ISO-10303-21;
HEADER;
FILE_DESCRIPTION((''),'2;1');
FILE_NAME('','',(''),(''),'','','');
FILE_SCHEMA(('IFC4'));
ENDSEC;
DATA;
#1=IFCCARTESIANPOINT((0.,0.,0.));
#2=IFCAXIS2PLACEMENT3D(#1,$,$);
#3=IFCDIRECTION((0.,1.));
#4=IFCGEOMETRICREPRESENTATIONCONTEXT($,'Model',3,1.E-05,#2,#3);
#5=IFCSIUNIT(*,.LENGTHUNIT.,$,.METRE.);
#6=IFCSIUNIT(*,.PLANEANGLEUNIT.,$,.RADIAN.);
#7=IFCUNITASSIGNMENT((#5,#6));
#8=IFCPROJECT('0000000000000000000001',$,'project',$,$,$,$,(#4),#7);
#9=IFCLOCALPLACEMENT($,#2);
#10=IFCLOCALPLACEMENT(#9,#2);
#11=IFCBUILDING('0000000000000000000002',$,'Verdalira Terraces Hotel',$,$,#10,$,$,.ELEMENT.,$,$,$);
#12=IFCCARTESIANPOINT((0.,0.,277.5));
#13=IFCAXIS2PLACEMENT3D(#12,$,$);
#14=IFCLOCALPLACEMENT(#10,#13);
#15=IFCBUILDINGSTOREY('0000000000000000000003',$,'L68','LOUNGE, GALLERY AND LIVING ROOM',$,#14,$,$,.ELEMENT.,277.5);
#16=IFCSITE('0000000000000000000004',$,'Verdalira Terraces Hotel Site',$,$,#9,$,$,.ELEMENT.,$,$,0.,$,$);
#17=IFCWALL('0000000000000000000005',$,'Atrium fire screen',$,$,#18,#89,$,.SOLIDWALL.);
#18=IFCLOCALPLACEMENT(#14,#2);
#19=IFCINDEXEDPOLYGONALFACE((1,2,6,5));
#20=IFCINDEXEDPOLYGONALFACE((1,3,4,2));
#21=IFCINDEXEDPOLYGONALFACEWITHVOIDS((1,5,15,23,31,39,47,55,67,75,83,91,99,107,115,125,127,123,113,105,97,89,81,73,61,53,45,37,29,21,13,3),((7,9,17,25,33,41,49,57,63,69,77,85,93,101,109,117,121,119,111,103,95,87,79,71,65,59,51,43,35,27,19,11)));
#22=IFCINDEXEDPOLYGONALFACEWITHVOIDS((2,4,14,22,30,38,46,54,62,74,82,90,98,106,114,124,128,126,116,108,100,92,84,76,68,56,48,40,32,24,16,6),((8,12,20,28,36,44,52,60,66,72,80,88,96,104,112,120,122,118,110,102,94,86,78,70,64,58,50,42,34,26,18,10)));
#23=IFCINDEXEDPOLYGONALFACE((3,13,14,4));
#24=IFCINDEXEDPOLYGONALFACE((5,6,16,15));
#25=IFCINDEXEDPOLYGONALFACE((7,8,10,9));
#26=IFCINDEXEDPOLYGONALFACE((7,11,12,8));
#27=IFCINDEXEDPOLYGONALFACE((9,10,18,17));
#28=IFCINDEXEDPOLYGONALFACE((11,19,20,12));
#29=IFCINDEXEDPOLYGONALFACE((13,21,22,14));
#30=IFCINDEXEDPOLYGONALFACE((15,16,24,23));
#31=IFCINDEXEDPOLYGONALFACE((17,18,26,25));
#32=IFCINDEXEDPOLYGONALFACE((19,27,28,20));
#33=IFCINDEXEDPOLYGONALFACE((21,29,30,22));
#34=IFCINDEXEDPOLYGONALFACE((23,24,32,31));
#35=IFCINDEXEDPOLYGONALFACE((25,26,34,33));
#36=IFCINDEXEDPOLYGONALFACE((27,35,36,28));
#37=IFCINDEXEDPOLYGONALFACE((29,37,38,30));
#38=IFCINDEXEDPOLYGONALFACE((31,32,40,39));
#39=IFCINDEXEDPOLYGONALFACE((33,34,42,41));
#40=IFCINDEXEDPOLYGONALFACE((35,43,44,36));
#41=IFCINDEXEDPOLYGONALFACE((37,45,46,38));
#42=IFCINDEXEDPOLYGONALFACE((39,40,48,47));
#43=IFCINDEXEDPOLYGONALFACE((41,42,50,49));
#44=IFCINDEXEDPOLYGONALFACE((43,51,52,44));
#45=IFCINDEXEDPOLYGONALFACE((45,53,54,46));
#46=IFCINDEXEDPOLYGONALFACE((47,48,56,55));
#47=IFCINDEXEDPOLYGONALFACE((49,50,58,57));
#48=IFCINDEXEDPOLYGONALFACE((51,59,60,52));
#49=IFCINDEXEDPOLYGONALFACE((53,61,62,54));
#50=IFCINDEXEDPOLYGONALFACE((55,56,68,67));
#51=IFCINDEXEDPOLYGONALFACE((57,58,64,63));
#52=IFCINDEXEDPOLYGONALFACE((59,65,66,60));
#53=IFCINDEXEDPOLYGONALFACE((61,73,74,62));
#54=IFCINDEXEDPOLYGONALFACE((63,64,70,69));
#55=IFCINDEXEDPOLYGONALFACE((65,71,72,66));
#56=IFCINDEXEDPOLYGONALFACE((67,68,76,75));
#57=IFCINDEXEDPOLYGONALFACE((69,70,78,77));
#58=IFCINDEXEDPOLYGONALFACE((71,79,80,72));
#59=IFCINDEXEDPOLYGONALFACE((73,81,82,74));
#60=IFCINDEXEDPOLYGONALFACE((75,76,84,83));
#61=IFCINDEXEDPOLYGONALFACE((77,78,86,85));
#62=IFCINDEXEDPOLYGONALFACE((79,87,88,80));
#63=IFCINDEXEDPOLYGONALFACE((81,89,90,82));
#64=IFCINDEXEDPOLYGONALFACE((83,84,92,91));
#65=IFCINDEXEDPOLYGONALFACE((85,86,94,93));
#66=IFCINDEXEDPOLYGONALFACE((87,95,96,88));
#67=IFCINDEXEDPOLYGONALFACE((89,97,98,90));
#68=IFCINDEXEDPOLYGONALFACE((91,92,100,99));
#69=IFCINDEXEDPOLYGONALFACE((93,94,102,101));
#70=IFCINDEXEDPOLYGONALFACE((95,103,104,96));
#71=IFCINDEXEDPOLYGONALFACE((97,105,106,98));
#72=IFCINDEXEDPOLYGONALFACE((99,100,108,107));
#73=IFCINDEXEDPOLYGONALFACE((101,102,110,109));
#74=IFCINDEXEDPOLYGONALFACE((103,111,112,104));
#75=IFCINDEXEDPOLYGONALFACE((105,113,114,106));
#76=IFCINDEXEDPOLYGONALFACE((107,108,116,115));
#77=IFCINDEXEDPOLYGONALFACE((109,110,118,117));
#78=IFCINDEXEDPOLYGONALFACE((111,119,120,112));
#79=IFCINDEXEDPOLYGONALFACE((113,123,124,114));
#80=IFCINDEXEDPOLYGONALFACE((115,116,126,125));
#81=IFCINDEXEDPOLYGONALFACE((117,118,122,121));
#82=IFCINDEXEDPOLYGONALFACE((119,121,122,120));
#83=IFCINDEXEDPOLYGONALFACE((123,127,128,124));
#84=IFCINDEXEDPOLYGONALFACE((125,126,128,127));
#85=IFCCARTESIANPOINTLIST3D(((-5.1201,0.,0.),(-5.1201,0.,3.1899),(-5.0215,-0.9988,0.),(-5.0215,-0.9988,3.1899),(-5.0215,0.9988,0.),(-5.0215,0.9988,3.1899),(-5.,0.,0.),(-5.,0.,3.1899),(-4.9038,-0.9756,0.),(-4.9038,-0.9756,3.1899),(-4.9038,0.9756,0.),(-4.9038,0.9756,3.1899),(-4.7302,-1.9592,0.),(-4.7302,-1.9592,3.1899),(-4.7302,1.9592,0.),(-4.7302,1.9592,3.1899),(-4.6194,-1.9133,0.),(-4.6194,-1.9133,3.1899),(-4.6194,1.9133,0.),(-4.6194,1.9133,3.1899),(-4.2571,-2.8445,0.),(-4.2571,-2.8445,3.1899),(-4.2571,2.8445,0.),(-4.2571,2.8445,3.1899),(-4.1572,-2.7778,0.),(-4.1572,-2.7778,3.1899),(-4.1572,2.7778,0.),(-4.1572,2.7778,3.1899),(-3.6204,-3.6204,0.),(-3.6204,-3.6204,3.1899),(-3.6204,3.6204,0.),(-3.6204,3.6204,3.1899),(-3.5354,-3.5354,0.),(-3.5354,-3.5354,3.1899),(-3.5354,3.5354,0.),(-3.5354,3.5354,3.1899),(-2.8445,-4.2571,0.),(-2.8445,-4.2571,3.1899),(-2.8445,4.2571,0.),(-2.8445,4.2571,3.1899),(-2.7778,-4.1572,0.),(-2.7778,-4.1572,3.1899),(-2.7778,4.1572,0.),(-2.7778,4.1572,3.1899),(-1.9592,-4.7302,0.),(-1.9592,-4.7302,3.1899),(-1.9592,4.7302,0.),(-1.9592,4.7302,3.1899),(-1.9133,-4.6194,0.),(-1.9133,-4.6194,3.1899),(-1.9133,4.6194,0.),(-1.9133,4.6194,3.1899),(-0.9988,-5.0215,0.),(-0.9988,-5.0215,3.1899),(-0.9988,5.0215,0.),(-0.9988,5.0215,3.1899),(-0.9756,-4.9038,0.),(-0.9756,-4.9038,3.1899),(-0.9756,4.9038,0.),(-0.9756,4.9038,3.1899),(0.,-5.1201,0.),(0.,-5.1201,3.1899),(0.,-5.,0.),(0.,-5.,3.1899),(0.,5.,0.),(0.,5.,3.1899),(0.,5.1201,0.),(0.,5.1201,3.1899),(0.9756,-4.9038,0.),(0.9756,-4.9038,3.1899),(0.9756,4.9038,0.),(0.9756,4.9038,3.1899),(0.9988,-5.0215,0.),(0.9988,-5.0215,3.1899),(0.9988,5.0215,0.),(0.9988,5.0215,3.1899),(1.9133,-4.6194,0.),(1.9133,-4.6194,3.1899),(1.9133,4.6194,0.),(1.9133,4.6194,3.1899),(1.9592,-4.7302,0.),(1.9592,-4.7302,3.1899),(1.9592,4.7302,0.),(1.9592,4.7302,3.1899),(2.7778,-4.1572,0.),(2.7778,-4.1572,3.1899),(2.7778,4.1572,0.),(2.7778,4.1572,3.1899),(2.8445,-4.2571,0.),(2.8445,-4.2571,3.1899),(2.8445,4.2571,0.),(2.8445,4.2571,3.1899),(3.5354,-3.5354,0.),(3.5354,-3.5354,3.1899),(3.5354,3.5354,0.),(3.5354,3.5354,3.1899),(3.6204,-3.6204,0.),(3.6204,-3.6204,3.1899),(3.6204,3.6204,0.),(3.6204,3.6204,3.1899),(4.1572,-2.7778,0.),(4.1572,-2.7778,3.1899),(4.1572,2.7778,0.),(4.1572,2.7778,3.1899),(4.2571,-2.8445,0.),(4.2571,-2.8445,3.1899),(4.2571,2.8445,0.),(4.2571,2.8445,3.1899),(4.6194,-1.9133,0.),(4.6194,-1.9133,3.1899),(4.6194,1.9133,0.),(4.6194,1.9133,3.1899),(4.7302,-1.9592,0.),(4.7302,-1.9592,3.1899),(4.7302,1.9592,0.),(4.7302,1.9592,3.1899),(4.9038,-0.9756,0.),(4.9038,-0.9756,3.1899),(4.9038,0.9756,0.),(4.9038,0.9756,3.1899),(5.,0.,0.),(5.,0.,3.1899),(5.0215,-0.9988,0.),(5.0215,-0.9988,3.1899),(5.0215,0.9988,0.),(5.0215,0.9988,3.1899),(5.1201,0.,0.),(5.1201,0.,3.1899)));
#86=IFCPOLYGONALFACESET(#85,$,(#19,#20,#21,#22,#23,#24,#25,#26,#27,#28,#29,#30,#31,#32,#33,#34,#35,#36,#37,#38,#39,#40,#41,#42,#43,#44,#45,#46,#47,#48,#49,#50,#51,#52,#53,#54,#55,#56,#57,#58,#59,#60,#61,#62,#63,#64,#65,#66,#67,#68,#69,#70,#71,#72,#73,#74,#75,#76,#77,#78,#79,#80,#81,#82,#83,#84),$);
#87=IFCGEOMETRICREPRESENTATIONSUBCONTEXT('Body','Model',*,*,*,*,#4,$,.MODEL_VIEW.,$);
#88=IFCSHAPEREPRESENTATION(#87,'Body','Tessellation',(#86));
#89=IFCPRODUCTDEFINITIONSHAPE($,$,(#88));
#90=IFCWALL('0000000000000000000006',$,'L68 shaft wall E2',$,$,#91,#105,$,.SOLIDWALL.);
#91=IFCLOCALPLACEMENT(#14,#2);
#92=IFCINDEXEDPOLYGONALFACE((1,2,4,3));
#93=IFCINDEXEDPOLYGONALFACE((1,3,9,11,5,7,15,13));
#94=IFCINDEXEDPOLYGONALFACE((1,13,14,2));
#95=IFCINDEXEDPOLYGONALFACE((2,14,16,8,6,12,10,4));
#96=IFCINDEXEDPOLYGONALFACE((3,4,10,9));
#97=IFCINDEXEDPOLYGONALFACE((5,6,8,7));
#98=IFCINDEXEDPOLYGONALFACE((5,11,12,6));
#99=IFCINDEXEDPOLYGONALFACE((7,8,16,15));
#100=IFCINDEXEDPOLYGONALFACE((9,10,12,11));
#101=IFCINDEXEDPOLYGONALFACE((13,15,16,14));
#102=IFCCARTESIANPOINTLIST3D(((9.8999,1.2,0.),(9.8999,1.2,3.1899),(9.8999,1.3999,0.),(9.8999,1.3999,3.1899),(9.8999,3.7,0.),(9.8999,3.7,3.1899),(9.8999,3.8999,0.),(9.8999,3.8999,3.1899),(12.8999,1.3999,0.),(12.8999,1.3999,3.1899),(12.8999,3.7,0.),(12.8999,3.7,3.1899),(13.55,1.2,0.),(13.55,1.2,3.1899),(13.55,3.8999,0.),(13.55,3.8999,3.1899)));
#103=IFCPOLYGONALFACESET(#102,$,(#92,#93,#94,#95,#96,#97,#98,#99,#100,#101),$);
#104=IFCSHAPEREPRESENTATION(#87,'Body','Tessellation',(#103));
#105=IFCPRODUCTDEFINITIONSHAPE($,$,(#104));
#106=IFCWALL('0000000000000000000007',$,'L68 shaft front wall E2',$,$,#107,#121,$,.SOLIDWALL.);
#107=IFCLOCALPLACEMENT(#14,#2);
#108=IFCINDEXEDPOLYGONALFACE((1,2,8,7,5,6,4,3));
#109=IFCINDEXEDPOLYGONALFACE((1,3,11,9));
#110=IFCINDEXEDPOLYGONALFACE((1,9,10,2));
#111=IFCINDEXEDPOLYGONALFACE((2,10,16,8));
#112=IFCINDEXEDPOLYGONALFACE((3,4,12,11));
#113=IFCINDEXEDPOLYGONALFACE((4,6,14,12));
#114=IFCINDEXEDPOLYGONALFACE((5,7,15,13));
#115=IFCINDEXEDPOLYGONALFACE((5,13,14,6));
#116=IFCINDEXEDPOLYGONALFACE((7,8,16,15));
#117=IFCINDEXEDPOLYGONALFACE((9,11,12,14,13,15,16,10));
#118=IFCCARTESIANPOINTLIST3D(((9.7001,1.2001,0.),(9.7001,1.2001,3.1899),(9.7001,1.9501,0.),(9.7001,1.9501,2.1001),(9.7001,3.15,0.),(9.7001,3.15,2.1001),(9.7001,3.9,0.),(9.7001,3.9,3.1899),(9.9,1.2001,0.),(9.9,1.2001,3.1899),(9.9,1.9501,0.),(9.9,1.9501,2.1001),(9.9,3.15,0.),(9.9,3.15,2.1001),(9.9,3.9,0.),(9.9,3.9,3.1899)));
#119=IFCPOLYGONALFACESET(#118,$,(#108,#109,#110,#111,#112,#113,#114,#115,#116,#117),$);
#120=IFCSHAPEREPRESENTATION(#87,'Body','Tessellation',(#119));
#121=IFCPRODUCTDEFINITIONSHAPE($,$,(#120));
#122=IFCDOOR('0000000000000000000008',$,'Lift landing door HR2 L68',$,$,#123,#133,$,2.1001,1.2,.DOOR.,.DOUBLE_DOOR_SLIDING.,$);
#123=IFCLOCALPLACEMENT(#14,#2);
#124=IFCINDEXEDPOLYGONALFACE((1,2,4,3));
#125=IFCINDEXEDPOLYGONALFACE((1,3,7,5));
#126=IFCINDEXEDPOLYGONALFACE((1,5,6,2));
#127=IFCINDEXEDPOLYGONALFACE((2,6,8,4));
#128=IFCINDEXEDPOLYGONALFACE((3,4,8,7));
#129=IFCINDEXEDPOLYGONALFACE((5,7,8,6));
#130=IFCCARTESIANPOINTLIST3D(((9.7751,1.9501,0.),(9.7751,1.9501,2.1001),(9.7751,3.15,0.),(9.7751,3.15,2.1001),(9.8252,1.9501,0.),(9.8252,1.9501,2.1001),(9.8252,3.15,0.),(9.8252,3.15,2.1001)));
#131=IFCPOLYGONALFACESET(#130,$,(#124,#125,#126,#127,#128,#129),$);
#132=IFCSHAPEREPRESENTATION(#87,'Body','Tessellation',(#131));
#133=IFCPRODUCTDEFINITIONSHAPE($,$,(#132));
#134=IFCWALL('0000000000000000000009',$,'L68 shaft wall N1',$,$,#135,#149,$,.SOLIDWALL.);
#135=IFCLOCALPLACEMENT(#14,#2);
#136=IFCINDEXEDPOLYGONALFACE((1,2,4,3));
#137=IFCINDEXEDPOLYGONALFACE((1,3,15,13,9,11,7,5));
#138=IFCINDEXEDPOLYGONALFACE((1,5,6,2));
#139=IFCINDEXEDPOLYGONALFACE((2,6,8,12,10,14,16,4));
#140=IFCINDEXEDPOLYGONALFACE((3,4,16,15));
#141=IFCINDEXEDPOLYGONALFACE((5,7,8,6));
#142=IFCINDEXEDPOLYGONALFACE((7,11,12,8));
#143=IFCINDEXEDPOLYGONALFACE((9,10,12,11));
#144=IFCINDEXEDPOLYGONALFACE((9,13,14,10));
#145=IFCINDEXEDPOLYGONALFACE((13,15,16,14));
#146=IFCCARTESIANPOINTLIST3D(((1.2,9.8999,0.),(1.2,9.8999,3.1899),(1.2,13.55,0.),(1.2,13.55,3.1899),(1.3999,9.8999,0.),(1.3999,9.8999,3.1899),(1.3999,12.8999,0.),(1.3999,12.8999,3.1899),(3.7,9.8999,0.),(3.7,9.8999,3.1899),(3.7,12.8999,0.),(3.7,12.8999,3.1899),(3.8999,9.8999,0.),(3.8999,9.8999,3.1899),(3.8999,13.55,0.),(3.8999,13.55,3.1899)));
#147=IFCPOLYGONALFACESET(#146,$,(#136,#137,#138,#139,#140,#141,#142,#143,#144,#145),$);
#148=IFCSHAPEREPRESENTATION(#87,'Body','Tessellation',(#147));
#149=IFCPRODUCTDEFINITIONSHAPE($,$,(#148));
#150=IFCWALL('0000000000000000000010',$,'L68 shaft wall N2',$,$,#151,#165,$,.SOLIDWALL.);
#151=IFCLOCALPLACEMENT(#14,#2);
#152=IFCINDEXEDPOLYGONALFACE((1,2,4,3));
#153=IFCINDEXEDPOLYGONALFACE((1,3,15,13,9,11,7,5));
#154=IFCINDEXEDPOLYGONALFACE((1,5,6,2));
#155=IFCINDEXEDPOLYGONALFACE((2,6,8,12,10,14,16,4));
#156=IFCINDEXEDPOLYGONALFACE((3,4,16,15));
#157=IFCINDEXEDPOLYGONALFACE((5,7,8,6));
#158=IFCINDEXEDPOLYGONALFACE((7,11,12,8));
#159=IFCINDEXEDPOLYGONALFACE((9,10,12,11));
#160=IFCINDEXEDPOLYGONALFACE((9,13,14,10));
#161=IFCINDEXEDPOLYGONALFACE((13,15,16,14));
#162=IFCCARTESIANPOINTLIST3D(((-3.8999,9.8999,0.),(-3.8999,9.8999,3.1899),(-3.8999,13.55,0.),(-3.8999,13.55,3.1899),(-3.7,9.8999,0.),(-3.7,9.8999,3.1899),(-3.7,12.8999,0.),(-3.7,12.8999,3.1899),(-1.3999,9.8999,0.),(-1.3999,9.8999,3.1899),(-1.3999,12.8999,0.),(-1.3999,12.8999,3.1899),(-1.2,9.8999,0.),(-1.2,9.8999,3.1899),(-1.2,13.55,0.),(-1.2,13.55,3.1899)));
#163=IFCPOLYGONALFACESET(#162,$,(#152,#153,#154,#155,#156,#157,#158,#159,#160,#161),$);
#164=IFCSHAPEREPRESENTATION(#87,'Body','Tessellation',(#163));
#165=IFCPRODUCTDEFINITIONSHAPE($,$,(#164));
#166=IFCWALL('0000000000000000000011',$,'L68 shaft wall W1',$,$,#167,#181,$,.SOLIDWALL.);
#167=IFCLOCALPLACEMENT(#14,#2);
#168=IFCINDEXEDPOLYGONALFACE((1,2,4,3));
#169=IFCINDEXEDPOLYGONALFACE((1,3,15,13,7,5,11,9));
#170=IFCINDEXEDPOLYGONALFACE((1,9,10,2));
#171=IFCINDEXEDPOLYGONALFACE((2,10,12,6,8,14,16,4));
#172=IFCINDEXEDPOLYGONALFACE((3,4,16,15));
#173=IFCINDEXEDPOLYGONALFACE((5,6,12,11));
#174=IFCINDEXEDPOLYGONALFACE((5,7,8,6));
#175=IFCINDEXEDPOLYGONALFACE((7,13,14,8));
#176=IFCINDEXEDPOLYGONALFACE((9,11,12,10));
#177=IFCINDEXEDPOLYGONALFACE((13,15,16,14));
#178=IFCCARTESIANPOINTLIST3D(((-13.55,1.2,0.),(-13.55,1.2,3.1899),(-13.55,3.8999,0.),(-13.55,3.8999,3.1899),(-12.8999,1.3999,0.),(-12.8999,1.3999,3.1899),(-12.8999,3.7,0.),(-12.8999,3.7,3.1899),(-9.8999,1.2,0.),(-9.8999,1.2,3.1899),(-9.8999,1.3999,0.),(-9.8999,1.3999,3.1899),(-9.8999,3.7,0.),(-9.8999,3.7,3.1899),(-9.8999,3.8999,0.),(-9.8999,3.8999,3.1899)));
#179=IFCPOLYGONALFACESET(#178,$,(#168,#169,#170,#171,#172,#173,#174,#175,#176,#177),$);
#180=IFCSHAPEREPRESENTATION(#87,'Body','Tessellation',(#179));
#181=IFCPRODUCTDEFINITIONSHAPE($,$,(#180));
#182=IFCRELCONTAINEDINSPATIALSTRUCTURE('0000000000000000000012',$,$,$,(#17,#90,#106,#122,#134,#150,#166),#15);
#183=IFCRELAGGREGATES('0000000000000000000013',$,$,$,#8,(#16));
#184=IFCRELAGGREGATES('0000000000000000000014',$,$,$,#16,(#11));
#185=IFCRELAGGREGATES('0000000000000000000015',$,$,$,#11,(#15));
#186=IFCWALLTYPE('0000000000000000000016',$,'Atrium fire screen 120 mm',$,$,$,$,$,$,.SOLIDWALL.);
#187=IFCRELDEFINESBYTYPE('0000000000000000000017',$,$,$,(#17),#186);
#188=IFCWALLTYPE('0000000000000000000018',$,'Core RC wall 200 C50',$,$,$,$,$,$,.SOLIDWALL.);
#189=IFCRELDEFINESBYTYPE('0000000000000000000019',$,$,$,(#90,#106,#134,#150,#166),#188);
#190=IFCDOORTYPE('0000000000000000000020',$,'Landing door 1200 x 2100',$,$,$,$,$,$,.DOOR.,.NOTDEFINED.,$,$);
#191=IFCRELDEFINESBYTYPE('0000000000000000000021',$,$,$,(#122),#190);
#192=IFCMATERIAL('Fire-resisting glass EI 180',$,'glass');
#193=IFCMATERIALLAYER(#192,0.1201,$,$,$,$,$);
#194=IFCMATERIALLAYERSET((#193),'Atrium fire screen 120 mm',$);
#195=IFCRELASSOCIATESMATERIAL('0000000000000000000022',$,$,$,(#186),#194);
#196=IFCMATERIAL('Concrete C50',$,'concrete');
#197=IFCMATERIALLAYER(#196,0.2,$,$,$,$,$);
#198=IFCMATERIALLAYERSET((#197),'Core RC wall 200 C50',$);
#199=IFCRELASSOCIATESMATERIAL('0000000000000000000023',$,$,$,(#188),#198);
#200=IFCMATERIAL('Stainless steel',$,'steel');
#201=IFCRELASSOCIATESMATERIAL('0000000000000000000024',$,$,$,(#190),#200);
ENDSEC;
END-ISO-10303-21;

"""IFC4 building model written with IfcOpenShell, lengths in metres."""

from ifc_helpers import new_model, si_unit, direction, frame, frame_2d, origin, place, context, subcontext, project, spatial, polyline, rectangle, outline, extrude, material, layer, layer_set, type_object, element, fill, save


model = new_model("IFC4")

# Units and contexts
model_context = context("Model", 3, precision=1e-05, world=origin(), true_north=direction((0.0, 1.0)))
body_context = subcontext(model_context, "Body", "Model", "MODEL_VIEW")
ifc_project = project(units=[si_unit("LENGTHUNIT", "METRE"), si_unit("PLANEANGLEUNIT", "RADIAN")], contexts=[model_context])

# Site, building, storey
site_placement = place(None, origin())
site = spatial("IfcSite", under=ifc_project, at=site_placement, Name="Verdalira Terraces Hotel Site", CompositionType="ELEMENT", RefElevation=0.0)
building_placement = place(site_placement, origin())
building = spatial("IfcBuilding", under=site, at=building_placement, Name="Verdalira Terraces Hotel", CompositionType="ELEMENT")
storey_placement = place(building_placement, frame((0.0, 0.0, 277.5)))
storey = spatial("IfcBuildingStorey", under=building, at=storey_placement, Name="L68", Description="LOUNGE, GALLERY AND LIVING ROOM", CompositionType="ELEMENT", Elevation=277.5)

# Walls
ifc_material_1 = material(Name="Fire-resisting glass EI 180", Category="glass")
ifc_layer_1 = layer(ifc_material_1, 0.1201)
ifc_layer_set_1 = layer_set([ifc_layer_1], Name="Atrium fire screen 120 mm")
wall_type_1 = type_object("IfcWallType", Name="Atrium fire screen 120 mm", PredefinedType="SOLIDWALL", material=ifc_layer_set_1)
wall_1_placement = place(storey_placement, origin())
element("IfcWall", 1, at=wall_1_placement, inside=storey, type_object=wall_type_1, Name="Atrium fire screen", PredefinedType="SOLIDWALL", context=body_context, shape_type="SweptSolid", body=[
    extrude(outline(polyline([(5.0215, -0.9988), (4.7302, -1.9592), (4.2571, -2.8445), (3.6204, -3.6204), (2.8445, -4.2571), (1.9592, -4.7302), (0.9988, -5.0215), (0.0, -5.1201), (-0.9988, -5.0215), (-1.9592, -4.7302), (-2.8445, -4.2571), (-3.6204, -3.6204), (-4.2571, -2.8445), (-4.7302, -1.9592), (-5.0215, -0.9988), (-5.1201, 0.0), (-5.0215, 0.9988), (-4.7302, 1.9592), (-4.2571, 2.8445), (-3.6204, 3.6204), (-2.8445, 4.2571), (-1.9592, 4.7302), (-0.9988, 5.0215), (0.0, 5.1201), (0.9988, 5.0215), (1.9592, 4.7302), (2.8445, 4.2571), (3.6204, 3.6204), (4.2571, 2.8445), (4.7302, 1.9592), (5.0215, 0.9988), (5.1201, 0.0), (5.0215, -0.9988)]), holes=[polyline([(4.9038, 0.9756), (4.6194, 1.9133), (4.1572, 2.7778), (3.5354, 3.5354), (2.7778, 4.1572), (1.9133, 4.6194), (0.9756, 4.9038), (0.0, 5.0), (-0.9756, 4.9038), (-1.9133, 4.6194), (-2.7778, 4.1572), (-3.5354, 3.5354), (-4.1572, 2.7778), (-4.6194, 1.9133), (-4.9038, 0.9756), (-5.0, 0.0), (-4.9038, -0.9756), (-4.6194, -1.9133), (-4.1572, -2.7778), (-3.5354, -3.5354), (-2.7778, -4.1572), (-1.9133, -4.6194), (-0.9756, -4.9038), (0.0, -5.0), (0.9756, -4.9038), (1.9133, -4.6194), (2.7778, -4.1572), (3.5354, -3.5354), (4.1572, -2.7778), (4.6194, -1.9133), (4.9038, -0.9756), (5.0, 0.0), (4.9038, 0.9756)])]), origin(), (0.0, 0.0, 1.0), 3.1899),
])
ifc_material_2 = material(Name="Concrete C50", Category="concrete")
ifc_layer_2 = layer(ifc_material_2, 0.2)
ifc_layer_set_2 = layer_set([ifc_layer_2], Name="Core RC wall 200 C50")
wall_type_2 = type_object("IfcWallType", Name="Core RC wall 200 C50", PredefinedType="SOLIDWALL", material=ifc_layer_set_2)
wall_2_placement = place(storey_placement, origin())
element("IfcWall", 2, at=wall_2_placement, inside=storey, type_object=wall_type_2, Name="L68 shaft wall E2", PredefinedType="SOLIDWALL", context=body_context, shape_type="SweptSolid", body=[
    extrude(outline(polyline([(13.55, 3.8999), (13.55, 1.2), (9.8999, 1.2), (9.8999, 1.3999), (12.8999, 1.3999), (12.8999, 3.7), (9.8999, 3.7), (9.8999, 3.8999), (13.55, 3.8999)])), origin(), (0.0, 0.0, 1.0), 3.1899),
])

# Wall, opening, door
wall_3_placement = place(storey_placement, frame((9.8, 1.2, 0.0), z_axis=(0.0, 0.0, 1.0), x_axis=(0.0, 1.0, 0.0)))
wall_3 = element("IfcWall", 3, at=wall_3_placement, inside=storey, type_object=wall_type_2, Name="L68 shaft front wall E2", PredefinedType="SOLIDWALL", context=body_context, shape_type="SweptSolid", body=[
    extrude(rectangle(XDim=2.7, YDim=0.2, at=frame_2d((1.3501, 0.0))), origin(), (0.0, 0.0, 1.0), 3.1899),
])
opening_placement = place(wall_3_placement, frame((0.75, 0.0, 0.0)))
opening = element("IfcOpeningElement", 4, at=opening_placement, cuts=wall_3, PredefinedType="OPENING", context=body_context, shape_type="SweptSolid", body=[
    extrude(rectangle(XDim=1.2, YDim=2.1001, at=frame_2d((0.6001, 1.05))), frame((0.0, 0.1099, 0.0), z_axis=(0.0, -1.0, 0.0), x_axis=(1.0, 0.0, 0.0)), (0.0, 0.0, 1.0), 0.22),
])
ifc_material_3 = material(Name="Stainless steel", Category="steel")
door_type = type_object("IfcDoorType", Name="Landing door 1200 x 2100", OperationType="NOTDEFINED", PredefinedType="DOOR", material=ifc_material_3)
door_placement = place(opening_placement, origin())
door = element("IfcDoor", 5, at=door_placement, inside=storey, type_object=door_type, Name="Lift landing door HR2 L68", OperationType="DOUBLE_DOOR_SLIDING", OverallHeight=2.1001, OverallWidth=1.2, PredefinedType="DOOR", context=body_context, shape_type="SweptSolid", body=[
    extrude(rectangle(XDim=1.2, YDim=2.1001, at=frame_2d((0.6001, 1.05))), frame((0.0, 0.0249, 0.0), z_axis=(0.0, -1.0, 0.0), x_axis=(1.0, 0.0, 0.0)), (0.0, 0.0, 1.0), 0.05),
])
fill(opening, door)

# Walls
wall_4_placement = place(storey_placement, origin())
element("IfcWall", 6, at=wall_4_placement, inside=storey, type_object=wall_type_2, Name="L68 shaft wall N1", PredefinedType="SOLIDWALL", context=body_context, shape_type="SweptSolid", body=[
    extrude(outline(polyline([(3.8999, 9.8999), (3.7, 9.8999), (3.7, 12.8999), (1.3999, 12.8999), (1.3999, 9.8999), (1.2, 9.8999), (1.2, 13.55), (3.8999, 13.55), (3.8999, 9.8999)])), origin(), (0.0, 0.0, 1.0), 3.1899),
])
wall_5_placement = place(storey_placement, origin())
element("IfcWall", 7, at=wall_5_placement, inside=storey, type_object=wall_type_2, Name="L68 shaft wall N2", PredefinedType="SOLIDWALL", context=body_context, shape_type="SweptSolid", body=[
    extrude(outline(polyline([(-3.8999, 13.55), (-1.2, 13.55), (-1.2, 9.8999), (-1.3999, 9.8999), (-1.3999, 12.8999), (-3.7, 12.8999), (-3.7, 9.8999), (-3.8999, 9.8999), (-3.8999, 13.55)])), origin(), (0.0, 0.0, 1.0), 3.1899),
])
wall_6_placement = place(storey_placement, origin())
element("IfcWall", 8, at=wall_6_placement, inside=storey, type_object=wall_type_2, Name="L68 shaft wall W1", PredefinedType="SOLIDWALL", context=body_context, shape_type="SweptSolid", body=[
    extrude(outline(polyline([(-13.55, 3.8999), (-9.8999, 3.8999), (-9.8999, 3.7), (-12.8999, 3.7), (-12.8999, 1.3999), (-9.8999, 1.3999), (-9.8999, 1.2), (-13.55, 1.2), (-13.55, 3.8999)])), origin(), (0.0, 0.0, 1.0), 3.1899),
])

save(model, "model.ifc")
